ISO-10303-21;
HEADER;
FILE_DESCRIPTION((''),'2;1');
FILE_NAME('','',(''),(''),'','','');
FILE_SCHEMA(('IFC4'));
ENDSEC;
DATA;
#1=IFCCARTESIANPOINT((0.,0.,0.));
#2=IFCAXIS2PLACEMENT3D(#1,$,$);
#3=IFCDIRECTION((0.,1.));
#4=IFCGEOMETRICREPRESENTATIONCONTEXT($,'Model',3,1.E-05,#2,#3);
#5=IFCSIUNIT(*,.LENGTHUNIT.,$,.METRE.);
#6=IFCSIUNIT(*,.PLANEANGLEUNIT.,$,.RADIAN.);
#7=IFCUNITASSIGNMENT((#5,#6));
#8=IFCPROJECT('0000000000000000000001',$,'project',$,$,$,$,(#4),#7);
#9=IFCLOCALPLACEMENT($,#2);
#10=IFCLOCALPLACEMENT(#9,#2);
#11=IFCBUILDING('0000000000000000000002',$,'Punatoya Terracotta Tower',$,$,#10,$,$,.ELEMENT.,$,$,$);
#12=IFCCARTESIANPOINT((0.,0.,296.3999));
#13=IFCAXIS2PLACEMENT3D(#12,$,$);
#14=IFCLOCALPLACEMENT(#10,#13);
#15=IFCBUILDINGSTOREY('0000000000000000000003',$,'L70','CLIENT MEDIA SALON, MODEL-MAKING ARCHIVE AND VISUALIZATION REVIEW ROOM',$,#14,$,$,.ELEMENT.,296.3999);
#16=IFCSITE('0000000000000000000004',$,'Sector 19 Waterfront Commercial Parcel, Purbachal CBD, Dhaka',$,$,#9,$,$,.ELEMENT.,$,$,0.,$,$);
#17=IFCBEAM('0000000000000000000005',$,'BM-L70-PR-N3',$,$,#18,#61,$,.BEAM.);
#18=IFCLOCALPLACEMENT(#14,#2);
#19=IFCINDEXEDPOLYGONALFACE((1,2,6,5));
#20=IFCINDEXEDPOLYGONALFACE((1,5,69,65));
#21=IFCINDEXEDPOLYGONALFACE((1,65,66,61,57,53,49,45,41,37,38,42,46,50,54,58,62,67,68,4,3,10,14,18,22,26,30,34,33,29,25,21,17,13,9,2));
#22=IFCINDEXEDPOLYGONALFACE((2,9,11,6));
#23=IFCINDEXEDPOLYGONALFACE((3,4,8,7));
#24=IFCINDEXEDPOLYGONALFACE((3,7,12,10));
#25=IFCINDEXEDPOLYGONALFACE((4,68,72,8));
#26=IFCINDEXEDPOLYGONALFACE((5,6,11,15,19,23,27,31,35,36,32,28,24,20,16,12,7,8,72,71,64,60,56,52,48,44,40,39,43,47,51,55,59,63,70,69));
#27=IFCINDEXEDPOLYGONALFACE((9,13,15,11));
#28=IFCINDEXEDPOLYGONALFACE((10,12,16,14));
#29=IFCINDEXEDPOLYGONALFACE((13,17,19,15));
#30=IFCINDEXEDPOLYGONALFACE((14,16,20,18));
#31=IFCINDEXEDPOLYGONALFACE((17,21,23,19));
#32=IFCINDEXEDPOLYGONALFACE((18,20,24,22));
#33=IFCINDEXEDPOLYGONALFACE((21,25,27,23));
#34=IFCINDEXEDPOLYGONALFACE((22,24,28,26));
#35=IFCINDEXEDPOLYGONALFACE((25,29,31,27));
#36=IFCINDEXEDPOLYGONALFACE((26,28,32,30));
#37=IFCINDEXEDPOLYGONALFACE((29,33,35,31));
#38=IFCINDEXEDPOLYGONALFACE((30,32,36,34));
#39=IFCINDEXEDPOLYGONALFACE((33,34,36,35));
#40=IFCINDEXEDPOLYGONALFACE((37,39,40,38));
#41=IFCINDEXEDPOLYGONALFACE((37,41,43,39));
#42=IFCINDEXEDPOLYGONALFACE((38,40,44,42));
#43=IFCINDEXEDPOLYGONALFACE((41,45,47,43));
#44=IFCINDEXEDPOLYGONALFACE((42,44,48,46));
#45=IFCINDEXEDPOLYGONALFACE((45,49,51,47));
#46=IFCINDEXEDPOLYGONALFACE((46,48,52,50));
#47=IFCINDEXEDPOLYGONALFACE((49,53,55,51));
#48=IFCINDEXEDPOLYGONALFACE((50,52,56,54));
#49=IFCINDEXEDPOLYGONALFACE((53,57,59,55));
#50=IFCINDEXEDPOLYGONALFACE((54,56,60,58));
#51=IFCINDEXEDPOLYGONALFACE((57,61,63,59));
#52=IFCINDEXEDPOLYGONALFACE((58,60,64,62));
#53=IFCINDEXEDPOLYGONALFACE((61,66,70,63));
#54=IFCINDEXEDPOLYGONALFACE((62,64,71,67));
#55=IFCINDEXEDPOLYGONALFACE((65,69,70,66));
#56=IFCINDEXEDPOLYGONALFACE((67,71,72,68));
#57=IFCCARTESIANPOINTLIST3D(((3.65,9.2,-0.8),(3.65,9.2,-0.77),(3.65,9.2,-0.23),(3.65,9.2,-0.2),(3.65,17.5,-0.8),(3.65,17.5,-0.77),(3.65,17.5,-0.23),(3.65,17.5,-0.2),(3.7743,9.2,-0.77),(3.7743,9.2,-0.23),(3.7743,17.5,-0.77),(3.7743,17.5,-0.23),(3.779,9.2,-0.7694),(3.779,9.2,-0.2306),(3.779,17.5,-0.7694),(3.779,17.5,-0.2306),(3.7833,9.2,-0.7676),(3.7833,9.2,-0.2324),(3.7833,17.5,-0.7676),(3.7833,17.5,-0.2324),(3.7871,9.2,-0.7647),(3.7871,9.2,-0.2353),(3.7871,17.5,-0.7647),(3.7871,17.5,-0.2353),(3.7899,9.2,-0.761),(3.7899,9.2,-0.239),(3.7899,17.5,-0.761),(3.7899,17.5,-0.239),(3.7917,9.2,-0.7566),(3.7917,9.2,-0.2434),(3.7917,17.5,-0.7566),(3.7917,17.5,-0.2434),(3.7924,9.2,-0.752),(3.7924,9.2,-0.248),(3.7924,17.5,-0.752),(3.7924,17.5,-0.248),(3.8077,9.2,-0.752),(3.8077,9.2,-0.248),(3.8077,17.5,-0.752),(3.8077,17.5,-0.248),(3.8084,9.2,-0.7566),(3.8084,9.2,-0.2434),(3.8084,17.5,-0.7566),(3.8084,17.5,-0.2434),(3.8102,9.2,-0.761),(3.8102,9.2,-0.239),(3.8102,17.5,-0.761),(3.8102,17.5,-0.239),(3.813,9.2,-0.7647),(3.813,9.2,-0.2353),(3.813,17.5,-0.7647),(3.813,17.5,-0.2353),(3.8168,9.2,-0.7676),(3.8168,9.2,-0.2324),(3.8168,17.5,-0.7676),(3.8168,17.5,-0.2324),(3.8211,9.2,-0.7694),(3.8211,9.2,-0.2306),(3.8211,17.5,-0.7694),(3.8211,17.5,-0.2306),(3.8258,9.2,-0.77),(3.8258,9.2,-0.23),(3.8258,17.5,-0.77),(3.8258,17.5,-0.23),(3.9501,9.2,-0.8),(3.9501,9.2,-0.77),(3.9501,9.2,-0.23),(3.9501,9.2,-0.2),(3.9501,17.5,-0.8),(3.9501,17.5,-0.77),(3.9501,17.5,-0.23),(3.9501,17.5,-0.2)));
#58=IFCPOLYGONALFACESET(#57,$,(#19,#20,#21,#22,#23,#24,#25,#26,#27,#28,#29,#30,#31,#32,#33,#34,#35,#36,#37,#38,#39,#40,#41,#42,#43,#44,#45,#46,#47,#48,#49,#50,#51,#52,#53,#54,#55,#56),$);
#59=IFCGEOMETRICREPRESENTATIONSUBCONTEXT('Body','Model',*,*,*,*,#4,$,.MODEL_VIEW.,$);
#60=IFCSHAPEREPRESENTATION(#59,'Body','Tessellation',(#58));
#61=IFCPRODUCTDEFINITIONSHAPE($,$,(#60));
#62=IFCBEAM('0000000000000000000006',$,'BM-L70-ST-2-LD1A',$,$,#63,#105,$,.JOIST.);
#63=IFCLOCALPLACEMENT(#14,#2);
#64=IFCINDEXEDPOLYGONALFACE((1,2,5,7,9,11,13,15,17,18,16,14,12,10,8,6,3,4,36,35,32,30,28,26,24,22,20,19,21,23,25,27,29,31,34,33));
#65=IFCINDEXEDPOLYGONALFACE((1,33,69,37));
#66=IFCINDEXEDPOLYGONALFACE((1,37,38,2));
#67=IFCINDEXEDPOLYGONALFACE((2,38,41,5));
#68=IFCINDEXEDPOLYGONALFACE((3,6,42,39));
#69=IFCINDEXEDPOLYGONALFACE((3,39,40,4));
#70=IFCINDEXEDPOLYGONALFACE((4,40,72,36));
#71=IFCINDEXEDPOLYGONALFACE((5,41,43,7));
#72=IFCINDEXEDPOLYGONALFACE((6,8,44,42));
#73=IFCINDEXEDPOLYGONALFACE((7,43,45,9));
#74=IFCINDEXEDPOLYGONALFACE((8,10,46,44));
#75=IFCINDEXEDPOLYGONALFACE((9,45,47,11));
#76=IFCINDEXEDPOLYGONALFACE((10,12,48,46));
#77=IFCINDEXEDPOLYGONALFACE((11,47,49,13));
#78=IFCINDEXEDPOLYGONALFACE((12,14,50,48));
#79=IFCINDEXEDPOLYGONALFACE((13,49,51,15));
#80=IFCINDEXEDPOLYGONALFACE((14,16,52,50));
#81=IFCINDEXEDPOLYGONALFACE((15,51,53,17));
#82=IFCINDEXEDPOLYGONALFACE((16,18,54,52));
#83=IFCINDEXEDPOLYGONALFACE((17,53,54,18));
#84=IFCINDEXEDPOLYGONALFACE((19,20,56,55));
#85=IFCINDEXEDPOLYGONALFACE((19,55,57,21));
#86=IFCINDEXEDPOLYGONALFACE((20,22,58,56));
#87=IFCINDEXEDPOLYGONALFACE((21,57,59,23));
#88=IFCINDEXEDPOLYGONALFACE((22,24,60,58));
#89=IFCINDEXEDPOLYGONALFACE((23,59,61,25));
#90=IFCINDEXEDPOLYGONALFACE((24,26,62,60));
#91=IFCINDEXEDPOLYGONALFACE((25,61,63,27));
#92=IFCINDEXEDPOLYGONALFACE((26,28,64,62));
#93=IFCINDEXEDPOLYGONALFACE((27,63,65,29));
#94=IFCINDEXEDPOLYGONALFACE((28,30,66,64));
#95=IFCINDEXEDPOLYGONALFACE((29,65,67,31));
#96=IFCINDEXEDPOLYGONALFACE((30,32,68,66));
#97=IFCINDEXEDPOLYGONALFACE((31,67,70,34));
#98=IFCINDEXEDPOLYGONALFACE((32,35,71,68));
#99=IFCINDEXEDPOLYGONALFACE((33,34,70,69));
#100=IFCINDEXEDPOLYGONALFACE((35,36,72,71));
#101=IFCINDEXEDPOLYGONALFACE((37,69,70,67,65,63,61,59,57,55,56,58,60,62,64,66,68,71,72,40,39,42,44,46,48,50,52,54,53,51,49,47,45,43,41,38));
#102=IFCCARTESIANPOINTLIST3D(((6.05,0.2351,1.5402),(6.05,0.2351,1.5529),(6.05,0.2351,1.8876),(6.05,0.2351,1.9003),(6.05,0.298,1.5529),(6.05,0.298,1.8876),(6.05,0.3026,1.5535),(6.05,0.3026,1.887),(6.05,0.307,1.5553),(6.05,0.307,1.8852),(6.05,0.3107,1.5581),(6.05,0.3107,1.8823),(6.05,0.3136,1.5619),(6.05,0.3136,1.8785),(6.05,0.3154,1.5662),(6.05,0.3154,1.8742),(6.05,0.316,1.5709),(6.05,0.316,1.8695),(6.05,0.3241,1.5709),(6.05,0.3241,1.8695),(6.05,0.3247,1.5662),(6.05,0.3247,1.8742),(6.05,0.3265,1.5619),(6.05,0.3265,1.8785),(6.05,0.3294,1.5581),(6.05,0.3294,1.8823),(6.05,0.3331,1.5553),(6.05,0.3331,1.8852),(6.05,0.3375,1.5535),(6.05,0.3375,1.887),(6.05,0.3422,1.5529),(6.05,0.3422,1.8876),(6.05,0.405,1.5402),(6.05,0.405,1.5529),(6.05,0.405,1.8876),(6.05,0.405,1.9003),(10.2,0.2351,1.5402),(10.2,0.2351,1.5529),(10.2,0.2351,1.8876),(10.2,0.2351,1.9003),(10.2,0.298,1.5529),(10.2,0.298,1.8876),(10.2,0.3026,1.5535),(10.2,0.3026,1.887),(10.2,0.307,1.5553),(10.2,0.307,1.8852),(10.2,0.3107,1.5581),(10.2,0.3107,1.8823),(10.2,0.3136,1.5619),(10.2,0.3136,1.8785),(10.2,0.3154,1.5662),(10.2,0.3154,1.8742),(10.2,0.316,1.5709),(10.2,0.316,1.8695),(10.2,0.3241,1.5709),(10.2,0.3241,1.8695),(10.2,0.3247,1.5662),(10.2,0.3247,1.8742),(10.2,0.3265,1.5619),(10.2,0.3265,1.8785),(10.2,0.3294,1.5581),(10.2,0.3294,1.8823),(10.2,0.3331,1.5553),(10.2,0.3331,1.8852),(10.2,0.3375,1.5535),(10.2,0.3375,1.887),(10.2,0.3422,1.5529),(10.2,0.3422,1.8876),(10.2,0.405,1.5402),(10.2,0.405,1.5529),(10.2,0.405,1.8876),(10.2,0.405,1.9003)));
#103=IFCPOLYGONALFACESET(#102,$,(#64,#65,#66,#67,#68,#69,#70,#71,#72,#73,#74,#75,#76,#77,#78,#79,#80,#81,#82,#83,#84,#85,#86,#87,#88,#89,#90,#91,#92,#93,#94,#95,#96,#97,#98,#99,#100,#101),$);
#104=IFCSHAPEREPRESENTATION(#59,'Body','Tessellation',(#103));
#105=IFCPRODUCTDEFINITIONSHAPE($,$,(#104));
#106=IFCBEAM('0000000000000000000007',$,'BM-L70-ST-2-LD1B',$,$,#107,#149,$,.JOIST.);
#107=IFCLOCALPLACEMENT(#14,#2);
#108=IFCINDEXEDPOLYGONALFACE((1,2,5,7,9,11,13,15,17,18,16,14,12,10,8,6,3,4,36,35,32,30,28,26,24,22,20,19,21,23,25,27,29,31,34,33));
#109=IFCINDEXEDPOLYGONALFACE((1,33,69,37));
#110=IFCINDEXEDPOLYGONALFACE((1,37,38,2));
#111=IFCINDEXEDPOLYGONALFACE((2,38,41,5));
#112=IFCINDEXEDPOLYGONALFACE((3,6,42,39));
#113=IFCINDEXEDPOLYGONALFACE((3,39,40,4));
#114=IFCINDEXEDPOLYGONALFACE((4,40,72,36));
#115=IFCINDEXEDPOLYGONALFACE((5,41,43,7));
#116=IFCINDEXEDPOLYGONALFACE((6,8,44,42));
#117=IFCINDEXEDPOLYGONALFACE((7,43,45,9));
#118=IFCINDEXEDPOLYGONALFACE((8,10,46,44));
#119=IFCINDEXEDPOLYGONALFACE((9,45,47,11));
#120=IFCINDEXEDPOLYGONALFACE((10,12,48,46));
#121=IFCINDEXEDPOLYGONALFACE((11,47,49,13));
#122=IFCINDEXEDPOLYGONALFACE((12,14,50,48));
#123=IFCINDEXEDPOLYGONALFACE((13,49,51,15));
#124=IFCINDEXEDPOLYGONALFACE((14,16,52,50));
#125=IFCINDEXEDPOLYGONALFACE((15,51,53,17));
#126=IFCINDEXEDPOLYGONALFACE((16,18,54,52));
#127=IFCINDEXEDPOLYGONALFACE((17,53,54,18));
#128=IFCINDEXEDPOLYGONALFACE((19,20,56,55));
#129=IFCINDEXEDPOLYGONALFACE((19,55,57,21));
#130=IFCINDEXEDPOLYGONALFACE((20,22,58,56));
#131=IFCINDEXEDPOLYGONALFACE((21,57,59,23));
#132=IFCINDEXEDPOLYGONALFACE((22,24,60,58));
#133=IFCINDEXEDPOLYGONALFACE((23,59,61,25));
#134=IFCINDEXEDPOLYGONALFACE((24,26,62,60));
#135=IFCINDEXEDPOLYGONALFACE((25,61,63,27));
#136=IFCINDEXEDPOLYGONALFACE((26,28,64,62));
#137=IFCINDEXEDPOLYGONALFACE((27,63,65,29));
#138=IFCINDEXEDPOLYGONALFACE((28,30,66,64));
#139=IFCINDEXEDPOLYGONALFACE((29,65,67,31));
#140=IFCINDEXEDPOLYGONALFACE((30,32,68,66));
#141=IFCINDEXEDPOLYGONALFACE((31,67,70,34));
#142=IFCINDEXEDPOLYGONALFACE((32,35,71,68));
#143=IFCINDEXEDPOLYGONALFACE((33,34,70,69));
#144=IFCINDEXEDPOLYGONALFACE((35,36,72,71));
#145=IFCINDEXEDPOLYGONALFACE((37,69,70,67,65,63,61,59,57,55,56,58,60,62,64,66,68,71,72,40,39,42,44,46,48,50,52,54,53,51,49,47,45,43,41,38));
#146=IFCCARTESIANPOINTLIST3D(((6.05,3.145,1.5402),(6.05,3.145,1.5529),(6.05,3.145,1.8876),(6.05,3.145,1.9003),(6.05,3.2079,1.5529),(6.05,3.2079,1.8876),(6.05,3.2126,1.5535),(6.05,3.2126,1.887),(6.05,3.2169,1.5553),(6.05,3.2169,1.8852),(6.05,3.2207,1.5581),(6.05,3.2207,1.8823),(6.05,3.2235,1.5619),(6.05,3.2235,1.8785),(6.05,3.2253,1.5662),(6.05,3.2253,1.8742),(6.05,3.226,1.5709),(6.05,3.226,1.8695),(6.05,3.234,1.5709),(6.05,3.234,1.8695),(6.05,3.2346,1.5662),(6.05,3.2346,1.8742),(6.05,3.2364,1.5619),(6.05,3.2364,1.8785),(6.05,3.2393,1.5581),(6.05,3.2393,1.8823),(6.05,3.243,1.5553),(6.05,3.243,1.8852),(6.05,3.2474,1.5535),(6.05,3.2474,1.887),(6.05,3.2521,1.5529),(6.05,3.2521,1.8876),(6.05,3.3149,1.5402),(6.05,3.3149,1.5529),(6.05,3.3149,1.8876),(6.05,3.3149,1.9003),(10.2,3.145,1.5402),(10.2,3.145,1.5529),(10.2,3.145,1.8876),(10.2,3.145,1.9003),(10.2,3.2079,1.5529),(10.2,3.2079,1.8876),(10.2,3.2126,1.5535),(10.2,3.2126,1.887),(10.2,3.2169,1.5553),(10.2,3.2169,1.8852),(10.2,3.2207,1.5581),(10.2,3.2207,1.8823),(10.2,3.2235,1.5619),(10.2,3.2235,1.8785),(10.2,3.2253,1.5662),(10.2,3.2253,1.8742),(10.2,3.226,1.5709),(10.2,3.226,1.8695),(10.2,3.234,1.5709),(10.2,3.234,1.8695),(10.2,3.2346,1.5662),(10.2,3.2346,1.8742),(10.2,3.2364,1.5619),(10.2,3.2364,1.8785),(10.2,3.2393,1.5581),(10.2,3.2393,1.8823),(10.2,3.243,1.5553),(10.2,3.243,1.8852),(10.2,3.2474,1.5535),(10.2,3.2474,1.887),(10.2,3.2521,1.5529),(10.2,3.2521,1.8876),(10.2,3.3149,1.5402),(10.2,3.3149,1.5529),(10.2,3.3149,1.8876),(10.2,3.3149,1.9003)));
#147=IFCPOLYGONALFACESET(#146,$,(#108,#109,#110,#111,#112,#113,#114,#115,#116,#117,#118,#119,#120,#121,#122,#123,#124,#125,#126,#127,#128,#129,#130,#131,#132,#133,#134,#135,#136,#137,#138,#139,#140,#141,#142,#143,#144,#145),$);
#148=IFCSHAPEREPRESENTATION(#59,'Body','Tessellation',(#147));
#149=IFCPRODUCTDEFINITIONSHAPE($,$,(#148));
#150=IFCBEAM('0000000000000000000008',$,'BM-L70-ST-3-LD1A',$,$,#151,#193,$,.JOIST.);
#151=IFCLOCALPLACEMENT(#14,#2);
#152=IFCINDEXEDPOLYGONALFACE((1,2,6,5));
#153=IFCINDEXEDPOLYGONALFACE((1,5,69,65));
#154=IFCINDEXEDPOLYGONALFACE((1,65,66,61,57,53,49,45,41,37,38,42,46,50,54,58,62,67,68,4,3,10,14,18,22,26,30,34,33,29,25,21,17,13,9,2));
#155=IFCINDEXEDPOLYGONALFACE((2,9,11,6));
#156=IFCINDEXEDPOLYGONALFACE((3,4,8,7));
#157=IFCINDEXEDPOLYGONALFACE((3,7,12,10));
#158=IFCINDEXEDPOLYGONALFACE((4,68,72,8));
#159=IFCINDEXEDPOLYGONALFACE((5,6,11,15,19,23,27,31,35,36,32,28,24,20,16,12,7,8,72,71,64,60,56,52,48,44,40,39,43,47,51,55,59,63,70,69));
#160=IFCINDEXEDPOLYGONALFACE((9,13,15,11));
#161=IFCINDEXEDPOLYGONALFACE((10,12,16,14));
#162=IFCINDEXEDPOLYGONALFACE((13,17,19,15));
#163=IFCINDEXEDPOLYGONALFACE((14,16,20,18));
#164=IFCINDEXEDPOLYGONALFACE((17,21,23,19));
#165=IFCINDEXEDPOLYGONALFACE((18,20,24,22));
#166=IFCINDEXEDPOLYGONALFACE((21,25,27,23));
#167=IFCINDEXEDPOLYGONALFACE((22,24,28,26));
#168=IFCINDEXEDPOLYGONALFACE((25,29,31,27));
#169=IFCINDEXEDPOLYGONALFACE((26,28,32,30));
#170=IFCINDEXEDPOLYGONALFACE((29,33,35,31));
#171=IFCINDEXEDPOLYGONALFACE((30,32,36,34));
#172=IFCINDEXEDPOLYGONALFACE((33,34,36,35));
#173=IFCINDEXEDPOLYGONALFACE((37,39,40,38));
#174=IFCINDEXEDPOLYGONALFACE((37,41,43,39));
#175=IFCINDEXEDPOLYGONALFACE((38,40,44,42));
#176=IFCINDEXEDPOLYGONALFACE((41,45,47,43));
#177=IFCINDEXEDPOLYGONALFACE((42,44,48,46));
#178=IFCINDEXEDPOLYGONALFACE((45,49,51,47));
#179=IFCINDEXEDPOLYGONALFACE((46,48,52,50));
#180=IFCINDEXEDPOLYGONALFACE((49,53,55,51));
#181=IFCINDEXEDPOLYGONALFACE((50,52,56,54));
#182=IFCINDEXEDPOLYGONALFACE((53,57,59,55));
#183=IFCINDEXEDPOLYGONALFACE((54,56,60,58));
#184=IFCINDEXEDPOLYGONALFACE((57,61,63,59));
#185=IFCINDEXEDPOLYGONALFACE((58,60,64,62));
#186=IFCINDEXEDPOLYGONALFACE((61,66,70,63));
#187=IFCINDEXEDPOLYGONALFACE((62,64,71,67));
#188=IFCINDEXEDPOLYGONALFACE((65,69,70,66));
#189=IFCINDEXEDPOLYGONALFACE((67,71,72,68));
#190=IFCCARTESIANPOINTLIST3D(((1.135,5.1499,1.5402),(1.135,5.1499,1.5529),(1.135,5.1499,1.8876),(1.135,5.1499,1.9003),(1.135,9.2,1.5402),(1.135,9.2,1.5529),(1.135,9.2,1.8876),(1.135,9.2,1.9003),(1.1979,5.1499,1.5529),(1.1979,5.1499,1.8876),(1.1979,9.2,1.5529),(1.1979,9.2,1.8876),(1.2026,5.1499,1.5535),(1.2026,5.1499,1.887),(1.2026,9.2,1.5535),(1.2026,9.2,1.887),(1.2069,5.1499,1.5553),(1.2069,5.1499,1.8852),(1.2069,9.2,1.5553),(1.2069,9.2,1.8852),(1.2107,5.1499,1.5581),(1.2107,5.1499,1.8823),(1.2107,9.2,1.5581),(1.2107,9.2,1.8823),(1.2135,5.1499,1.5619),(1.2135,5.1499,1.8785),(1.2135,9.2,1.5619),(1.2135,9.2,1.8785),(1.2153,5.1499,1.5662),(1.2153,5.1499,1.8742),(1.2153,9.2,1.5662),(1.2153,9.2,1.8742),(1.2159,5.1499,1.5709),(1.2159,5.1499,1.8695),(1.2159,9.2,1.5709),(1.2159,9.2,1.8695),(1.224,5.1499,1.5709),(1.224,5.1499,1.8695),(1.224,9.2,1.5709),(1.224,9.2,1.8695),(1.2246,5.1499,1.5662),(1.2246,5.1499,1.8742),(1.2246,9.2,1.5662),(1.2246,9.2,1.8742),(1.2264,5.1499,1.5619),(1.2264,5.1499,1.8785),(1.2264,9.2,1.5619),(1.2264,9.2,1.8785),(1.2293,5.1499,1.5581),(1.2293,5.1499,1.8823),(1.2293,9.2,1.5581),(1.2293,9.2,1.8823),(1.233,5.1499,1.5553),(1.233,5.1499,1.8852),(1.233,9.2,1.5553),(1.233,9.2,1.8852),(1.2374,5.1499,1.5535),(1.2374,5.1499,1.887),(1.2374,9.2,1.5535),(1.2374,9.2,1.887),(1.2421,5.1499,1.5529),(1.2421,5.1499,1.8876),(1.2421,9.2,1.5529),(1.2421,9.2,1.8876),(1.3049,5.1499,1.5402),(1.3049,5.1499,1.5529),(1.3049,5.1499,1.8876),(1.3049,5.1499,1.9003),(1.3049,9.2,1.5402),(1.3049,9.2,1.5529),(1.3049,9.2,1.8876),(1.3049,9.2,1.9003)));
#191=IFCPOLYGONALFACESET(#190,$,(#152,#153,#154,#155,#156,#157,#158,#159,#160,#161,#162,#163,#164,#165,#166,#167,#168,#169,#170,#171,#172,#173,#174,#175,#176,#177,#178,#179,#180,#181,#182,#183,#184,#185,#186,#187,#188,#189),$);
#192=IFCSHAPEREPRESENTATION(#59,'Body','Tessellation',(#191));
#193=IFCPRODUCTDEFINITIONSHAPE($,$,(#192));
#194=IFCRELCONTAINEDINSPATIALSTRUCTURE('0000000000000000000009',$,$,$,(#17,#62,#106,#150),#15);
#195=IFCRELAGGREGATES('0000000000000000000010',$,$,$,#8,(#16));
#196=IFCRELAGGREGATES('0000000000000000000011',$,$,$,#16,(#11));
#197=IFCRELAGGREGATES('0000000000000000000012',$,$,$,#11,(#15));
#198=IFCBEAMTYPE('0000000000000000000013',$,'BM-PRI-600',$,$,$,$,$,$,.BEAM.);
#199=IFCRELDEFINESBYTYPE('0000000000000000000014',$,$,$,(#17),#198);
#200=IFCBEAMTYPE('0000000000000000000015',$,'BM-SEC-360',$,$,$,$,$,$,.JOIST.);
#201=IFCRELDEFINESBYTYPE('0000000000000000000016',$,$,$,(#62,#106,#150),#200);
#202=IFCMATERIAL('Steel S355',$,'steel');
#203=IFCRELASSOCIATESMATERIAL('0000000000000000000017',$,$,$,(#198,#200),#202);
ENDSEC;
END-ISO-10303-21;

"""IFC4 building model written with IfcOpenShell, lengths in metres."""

from ifc_helpers import new_model, si_unit, direction, frame, origin, origin_2d, place, context, subcontext, project, spatial, i_section, extrude, material, material_profile, profile_set, type_object, element, save


model = new_model("IFC4")

# Units and contexts
model_context = context("Model", 3, precision=1e-05, world=origin(), true_north=direction((0.0, 1.0)))
body_context = subcontext(model_context, "Body", "Model", "MODEL_VIEW")
ifc_project = project(units=[si_unit("LENGTHUNIT", "METRE"), si_unit("PLANEANGLEUNIT", "RADIAN")], contexts=[model_context])

# Site, building, storey
site_placement = place(None, origin())
site = spatial("IfcSite", under=ifc_project, at=site_placement, Name="Sector 19 Waterfront Commercial Parcel, Purbachal CBD, Dhaka", CompositionType="ELEMENT", RefElevation=0.0)
building_placement = place(site_placement, origin())
building = spatial("IfcBuilding", under=site, at=building_placement, Name="Punatoya Terracotta Tower", CompositionType="ELEMENT")
storey_placement = place(building_placement, frame((0.0, 0.0, 296.3999)))
storey = spatial("IfcBuildingStorey", under=building, at=storey_placement, Name="L70", Description="CLIENT MEDIA SALON, MODEL-MAKING ARCHIVE AND VISUALIZATION REVIEW ROOM", CompositionType="ELEMENT", Elevation=296.3999)

# Beams
ifc_material_1 = material(Name="Steel S355", Category="steel")
ifc_material_profile_1 = material_profile(ifc_material_1, i_section(OverallWidth=0.3, OverallDepth=0.6001, WebThickness=0.0154, FlangeThickness=0.03, FilletRadius=0.0181, at=origin_2d()))
ifc_profile_set_1 = profile_set([ifc_material_profile_1], Name="Steel S355")
beam_type_1 = type_object("IfcBeamType", Name="BM-PRI-600", PredefinedType="BEAM", material=ifc_profile_set_1)
beam_placement = place(storey_placement, frame((3.8, 9.2, -0.5), z_axis=(0.0, 1.0, 0.0), x_axis=(-1.0, 0.0, 0.0)))
element("IfcBeam", 1, at=beam_placement, inside=storey, type_object=beam_type_1, Name="BM-L70-PR-N3", PredefinedType="BEAM", context=body_context, shape_type="SweptSolid", body=[
    extrude(i_section(OverallWidth=0.3, OverallDepth=0.6001, WebThickness=0.0154, FlangeThickness=0.03, FilletRadius=0.0181, at=origin_2d()), origin(), (0.0, 0.0, 1.0), 8.3),
])
ifc_material_profile_2 = material_profile(ifc_material_1, i_section(OverallWidth=0.1699, OverallDepth=0.3601, WebThickness=0.0081, FlangeThickness=0.0127, FilletRadius=0.0181, at=origin_2d()))
ifc_profile_set_2 = profile_set([ifc_material_profile_2], Name="Steel S355")
beam_type_2 = type_object("IfcBeamType", Name="BM-SEC-360", PredefinedType="JOIST", material=ifc_profile_set_2)
for number, where, z_axis, x_axis, name in (
    (2, (6.05, 0.3201, 1.7202), (1.0, 0.0, 0.0), (0.0, 1.0, 0.0), "BM-L70-ST-2-LD1A"),
    (3, (6.05, 3.23, 1.7202), (1.0, 0.0, 0.0), (0.0, 1.0, 0.0), "BM-L70-ST-2-LD1B"),
):
    element("IfcBeam", number, at=place(storey_placement, frame(where, z_axis=z_axis, x_axis=x_axis)), inside=storey, type_object=beam_type_2, Name=name, PredefinedType="JOIST", context=body_context, shape_type="SweptSolid", body=[
        extrude(i_section(OverallWidth=0.1699, OverallDepth=0.3601, WebThickness=0.0081, FlangeThickness=0.0127, FilletRadius=0.0181, at=origin_2d()), origin(), (0.0, 0.0, 1.0), 4.1499),
    ])
for number, where, z_axis, x_axis, name in (
    (4, (1.22, 5.1499, 1.7202), (0.0, 1.0, 0.0), (-1.0, 0.0, 0.0), "BM-L70-ST-3-LD1A"),
):
    element("IfcBeam", number, at=place(storey_placement, frame(where, z_axis=z_axis, x_axis=x_axis)), inside=storey, type_object=beam_type_2, Name=name, PredefinedType="JOIST", context=body_context, shape_type="SweptSolid", body=[
        extrude(i_section(OverallWidth=0.1699, OverallDepth=0.3601, WebThickness=0.0081, FlangeThickness=0.0127, FilletRadius=0.0181, at=origin_2d()), origin(), (0.0, 0.0, 1.0), 4.05),
    ])

save(model, "model.ifc")
